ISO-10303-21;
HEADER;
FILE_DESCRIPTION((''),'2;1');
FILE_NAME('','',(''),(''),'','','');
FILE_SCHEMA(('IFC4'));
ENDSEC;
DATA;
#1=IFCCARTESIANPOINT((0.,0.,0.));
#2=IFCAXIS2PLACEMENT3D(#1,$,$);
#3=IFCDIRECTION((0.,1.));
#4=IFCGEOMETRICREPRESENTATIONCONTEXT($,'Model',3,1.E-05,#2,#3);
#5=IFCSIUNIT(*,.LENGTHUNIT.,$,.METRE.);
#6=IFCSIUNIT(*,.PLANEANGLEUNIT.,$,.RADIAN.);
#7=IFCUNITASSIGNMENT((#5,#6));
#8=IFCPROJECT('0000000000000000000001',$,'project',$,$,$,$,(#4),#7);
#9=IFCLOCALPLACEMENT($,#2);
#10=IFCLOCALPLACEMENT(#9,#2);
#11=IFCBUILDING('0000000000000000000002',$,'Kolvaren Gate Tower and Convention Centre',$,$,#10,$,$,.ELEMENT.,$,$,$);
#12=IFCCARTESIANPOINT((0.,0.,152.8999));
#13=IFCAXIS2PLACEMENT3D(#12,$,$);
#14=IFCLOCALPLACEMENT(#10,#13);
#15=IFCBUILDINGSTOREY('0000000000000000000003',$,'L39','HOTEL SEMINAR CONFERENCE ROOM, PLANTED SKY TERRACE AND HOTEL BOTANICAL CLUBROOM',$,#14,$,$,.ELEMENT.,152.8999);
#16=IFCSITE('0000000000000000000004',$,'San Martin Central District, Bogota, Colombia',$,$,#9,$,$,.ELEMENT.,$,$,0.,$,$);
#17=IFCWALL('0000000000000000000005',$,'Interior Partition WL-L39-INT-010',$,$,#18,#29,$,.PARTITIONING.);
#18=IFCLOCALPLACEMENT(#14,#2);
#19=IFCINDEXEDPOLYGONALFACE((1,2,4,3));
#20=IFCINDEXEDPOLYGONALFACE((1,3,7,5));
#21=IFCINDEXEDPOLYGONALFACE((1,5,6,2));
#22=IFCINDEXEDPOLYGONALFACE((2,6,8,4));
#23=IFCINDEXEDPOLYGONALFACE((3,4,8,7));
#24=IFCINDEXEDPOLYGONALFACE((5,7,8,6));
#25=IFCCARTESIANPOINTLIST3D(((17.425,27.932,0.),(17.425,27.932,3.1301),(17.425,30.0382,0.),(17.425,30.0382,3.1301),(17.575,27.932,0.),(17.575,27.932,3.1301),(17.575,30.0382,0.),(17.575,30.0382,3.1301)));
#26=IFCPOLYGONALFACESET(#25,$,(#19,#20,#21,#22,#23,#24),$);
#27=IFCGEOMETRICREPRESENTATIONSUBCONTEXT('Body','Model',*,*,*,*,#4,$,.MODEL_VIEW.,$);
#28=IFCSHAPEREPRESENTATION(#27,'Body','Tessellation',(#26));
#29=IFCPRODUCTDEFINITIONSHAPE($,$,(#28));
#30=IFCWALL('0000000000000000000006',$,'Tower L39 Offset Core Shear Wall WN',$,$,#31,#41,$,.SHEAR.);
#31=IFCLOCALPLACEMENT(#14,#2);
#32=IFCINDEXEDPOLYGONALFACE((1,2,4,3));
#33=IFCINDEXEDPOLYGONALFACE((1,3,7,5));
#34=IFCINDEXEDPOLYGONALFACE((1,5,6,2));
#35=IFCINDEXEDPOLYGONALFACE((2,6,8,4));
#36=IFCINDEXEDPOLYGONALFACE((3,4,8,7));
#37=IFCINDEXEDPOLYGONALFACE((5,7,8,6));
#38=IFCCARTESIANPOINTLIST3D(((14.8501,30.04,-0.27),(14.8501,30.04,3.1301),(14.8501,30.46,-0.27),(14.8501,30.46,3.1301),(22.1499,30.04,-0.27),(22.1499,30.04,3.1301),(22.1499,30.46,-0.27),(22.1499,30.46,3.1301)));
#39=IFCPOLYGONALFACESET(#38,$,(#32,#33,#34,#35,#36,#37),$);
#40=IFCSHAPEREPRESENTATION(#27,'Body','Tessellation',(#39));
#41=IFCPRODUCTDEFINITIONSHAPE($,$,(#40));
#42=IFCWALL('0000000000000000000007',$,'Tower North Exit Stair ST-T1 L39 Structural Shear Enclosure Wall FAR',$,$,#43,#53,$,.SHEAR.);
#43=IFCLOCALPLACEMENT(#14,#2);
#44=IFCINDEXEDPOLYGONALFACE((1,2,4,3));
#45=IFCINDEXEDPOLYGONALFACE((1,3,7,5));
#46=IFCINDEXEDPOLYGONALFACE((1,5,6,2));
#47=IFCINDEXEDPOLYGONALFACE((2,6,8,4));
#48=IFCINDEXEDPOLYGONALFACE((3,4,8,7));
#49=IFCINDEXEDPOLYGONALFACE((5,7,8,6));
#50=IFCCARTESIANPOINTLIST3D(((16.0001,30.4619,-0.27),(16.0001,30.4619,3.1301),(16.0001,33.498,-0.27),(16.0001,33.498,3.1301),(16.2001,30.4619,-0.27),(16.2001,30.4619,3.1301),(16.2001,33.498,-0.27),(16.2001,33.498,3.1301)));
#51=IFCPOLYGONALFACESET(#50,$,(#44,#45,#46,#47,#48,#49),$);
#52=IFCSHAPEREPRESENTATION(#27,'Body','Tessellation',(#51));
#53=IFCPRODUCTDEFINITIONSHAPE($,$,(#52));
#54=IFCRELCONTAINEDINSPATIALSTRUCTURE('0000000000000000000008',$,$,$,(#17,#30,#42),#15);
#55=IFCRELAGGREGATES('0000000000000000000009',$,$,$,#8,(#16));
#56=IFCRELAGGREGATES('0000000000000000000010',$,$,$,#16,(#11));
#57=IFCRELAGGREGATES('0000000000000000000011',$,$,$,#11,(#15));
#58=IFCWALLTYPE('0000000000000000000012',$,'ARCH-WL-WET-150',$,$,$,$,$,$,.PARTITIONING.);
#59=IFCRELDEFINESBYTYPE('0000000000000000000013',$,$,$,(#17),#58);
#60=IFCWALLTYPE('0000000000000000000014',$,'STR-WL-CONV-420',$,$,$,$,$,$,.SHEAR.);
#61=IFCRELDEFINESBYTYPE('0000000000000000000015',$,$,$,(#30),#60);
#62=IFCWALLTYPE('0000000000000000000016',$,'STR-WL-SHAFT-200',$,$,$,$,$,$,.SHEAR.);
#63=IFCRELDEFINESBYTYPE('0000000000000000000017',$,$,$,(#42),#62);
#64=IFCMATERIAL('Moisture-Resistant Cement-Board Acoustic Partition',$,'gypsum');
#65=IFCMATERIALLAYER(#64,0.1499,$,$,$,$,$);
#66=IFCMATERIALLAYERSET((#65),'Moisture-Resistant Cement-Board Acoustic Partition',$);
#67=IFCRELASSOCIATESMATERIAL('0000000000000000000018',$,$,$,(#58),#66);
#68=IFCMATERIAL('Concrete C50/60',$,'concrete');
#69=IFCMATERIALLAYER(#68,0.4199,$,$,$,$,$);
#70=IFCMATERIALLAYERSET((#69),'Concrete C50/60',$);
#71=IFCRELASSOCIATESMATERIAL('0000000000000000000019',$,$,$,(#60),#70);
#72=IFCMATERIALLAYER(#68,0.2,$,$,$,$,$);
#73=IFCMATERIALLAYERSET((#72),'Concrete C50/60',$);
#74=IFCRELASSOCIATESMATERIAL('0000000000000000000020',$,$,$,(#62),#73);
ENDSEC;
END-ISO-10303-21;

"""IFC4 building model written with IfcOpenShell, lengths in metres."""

from ifc_helpers import new_model, si_unit, direction, frame, frame_2d, origin, place, context, subcontext, project, spatial, rectangle, extrude, material, layer, layer_set, type_object, element, save


model = new_model("IFC4")

# Units and contexts
model_context = context("Model", 3, precision=1e-05, world=origin(), true_north=direction((0.0, 1.0)))
body_context = subcontext(model_context, "Body", "Model", "MODEL_VIEW")
ifc_project = project(units=[si_unit("LENGTHUNIT", "METRE"), si_unit("PLANEANGLEUNIT", "RADIAN")], contexts=[model_context])

# Site, building, storey
site_placement = place(None, origin())
site = spatial("IfcSite", under=ifc_project, at=site_placement, Name="San Martin Central District, Bogota, Colombia", CompositionType="ELEMENT", RefElevation=0.0)
building_placement = place(site_placement, origin())
building = spatial("IfcBuilding", under=site, at=building_placement, Name="Kolvaren Gate Tower and Convention Centre", CompositionType="ELEMENT")
storey_placement = place(building_placement, frame((0.0, 0.0, 152.8999)))
storey = spatial("IfcBuildingStorey", under=building, at=storey_placement, Name="L39", Description="HOTEL SEMINAR CONFERENCE ROOM, PLANTED SKY TERRACE AND HOTEL BOTANICAL CLUBROOM", CompositionType="ELEMENT", Elevation=152.8999)

# Walls
ifc_material_1 = material(Name="Moisture-Resistant Cement-Board Acoustic Partition", Category="gypsum")
ifc_layer_1 = layer(ifc_material_1, 0.1499)
ifc_layer_set_1 = layer_set([ifc_layer_1], Name="Moisture-Resistant Cement-Board Acoustic Partition")
wall_type_1 = type_object("IfcWallType", Name="ARCH-WL-WET-150", PredefinedType="PARTITIONING", material=ifc_layer_set_1)
for number, where, z_axis, x_axis, name in (
    (1, (17.5, 27.9319, 0.0), (0.0, 0.0, 1.0), (0.0, 1.0, 0.0), "Interior Partition WL-L39-INT-010"),
):
    element("IfcWall", number, at=place(storey_placement, frame(where, z_axis=z_axis, x_axis=x_axis)), inside=storey, type_object=wall_type_1, Name=name, PredefinedType="PARTITIONING", context=body_context, shape_type="SweptSolid", body=[
        extrude(rectangle(XDim=2.1062, YDim=0.1499, at=frame_2d((1.0532, 0.0))), origin(), (0.0, 0.0, 1.0), 3.1301),
    ])
ifc_material_2 = material(Name="Concrete C50/60", Category="concrete")
ifc_layer_2 = layer(ifc_material_2, 0.4199)
ifc_layer_set_2 = layer_set([ifc_layer_2], Name="Concrete C50/60")
wall_type_2 = type_object("IfcWallType", Name="STR-WL-CONV-420", PredefinedType="SHEAR", material=ifc_layer_set_2)
wall_1_placement = place(storey_placement, frame((14.8501, 30.25, -0.27), z_axis=(0.0, 0.0, 1.0), x_axis=(1.0, 0.0, 0.0)))
element("IfcWall", 2, at=wall_1_placement, inside=storey, type_object=wall_type_2, Name="Tower L39 Offset Core Shear Wall WN", PredefinedType="SHEAR", context=body_context, shape_type="SweptSolid", body=[
    extrude(rectangle(XDim=7.2998, YDim=0.4199, at=frame_2d((3.6499, 0.0))), origin(), (0.0, 0.0, 1.0), 3.4001),
])
ifc_layer_3 = layer(ifc_material_2, 0.2)
ifc_layer_set_3 = layer_set([ifc_layer_3], Name="Concrete C50/60")
wall_type_3 = type_object("IfcWallType", Name="STR-WL-SHAFT-200", PredefinedType="SHEAR", material=ifc_layer_set_3)
wall_2_placement = place(storey_placement, frame((16.1001, 30.4619, -0.27), z_axis=(0.0, 0.0, 1.0), x_axis=(0.0, 1.0, 0.0)))
element("IfcWall", 3, at=wall_2_placement, inside=storey, type_object=wall_type_3, Name="Tower North Exit Stair ST-T1 L39 Structural Shear Enclosure Wall FAR", PredefinedType="SHEAR", context=body_context, shape_type="SweptSolid", body=[
    extrude(rectangle(XDim=3.0361, YDim=0.2, at=frame_2d((1.5181, 0.0))), origin(), (0.0, 0.0, 1.0), 3.4001),
])

save(model, "model.ifc")
